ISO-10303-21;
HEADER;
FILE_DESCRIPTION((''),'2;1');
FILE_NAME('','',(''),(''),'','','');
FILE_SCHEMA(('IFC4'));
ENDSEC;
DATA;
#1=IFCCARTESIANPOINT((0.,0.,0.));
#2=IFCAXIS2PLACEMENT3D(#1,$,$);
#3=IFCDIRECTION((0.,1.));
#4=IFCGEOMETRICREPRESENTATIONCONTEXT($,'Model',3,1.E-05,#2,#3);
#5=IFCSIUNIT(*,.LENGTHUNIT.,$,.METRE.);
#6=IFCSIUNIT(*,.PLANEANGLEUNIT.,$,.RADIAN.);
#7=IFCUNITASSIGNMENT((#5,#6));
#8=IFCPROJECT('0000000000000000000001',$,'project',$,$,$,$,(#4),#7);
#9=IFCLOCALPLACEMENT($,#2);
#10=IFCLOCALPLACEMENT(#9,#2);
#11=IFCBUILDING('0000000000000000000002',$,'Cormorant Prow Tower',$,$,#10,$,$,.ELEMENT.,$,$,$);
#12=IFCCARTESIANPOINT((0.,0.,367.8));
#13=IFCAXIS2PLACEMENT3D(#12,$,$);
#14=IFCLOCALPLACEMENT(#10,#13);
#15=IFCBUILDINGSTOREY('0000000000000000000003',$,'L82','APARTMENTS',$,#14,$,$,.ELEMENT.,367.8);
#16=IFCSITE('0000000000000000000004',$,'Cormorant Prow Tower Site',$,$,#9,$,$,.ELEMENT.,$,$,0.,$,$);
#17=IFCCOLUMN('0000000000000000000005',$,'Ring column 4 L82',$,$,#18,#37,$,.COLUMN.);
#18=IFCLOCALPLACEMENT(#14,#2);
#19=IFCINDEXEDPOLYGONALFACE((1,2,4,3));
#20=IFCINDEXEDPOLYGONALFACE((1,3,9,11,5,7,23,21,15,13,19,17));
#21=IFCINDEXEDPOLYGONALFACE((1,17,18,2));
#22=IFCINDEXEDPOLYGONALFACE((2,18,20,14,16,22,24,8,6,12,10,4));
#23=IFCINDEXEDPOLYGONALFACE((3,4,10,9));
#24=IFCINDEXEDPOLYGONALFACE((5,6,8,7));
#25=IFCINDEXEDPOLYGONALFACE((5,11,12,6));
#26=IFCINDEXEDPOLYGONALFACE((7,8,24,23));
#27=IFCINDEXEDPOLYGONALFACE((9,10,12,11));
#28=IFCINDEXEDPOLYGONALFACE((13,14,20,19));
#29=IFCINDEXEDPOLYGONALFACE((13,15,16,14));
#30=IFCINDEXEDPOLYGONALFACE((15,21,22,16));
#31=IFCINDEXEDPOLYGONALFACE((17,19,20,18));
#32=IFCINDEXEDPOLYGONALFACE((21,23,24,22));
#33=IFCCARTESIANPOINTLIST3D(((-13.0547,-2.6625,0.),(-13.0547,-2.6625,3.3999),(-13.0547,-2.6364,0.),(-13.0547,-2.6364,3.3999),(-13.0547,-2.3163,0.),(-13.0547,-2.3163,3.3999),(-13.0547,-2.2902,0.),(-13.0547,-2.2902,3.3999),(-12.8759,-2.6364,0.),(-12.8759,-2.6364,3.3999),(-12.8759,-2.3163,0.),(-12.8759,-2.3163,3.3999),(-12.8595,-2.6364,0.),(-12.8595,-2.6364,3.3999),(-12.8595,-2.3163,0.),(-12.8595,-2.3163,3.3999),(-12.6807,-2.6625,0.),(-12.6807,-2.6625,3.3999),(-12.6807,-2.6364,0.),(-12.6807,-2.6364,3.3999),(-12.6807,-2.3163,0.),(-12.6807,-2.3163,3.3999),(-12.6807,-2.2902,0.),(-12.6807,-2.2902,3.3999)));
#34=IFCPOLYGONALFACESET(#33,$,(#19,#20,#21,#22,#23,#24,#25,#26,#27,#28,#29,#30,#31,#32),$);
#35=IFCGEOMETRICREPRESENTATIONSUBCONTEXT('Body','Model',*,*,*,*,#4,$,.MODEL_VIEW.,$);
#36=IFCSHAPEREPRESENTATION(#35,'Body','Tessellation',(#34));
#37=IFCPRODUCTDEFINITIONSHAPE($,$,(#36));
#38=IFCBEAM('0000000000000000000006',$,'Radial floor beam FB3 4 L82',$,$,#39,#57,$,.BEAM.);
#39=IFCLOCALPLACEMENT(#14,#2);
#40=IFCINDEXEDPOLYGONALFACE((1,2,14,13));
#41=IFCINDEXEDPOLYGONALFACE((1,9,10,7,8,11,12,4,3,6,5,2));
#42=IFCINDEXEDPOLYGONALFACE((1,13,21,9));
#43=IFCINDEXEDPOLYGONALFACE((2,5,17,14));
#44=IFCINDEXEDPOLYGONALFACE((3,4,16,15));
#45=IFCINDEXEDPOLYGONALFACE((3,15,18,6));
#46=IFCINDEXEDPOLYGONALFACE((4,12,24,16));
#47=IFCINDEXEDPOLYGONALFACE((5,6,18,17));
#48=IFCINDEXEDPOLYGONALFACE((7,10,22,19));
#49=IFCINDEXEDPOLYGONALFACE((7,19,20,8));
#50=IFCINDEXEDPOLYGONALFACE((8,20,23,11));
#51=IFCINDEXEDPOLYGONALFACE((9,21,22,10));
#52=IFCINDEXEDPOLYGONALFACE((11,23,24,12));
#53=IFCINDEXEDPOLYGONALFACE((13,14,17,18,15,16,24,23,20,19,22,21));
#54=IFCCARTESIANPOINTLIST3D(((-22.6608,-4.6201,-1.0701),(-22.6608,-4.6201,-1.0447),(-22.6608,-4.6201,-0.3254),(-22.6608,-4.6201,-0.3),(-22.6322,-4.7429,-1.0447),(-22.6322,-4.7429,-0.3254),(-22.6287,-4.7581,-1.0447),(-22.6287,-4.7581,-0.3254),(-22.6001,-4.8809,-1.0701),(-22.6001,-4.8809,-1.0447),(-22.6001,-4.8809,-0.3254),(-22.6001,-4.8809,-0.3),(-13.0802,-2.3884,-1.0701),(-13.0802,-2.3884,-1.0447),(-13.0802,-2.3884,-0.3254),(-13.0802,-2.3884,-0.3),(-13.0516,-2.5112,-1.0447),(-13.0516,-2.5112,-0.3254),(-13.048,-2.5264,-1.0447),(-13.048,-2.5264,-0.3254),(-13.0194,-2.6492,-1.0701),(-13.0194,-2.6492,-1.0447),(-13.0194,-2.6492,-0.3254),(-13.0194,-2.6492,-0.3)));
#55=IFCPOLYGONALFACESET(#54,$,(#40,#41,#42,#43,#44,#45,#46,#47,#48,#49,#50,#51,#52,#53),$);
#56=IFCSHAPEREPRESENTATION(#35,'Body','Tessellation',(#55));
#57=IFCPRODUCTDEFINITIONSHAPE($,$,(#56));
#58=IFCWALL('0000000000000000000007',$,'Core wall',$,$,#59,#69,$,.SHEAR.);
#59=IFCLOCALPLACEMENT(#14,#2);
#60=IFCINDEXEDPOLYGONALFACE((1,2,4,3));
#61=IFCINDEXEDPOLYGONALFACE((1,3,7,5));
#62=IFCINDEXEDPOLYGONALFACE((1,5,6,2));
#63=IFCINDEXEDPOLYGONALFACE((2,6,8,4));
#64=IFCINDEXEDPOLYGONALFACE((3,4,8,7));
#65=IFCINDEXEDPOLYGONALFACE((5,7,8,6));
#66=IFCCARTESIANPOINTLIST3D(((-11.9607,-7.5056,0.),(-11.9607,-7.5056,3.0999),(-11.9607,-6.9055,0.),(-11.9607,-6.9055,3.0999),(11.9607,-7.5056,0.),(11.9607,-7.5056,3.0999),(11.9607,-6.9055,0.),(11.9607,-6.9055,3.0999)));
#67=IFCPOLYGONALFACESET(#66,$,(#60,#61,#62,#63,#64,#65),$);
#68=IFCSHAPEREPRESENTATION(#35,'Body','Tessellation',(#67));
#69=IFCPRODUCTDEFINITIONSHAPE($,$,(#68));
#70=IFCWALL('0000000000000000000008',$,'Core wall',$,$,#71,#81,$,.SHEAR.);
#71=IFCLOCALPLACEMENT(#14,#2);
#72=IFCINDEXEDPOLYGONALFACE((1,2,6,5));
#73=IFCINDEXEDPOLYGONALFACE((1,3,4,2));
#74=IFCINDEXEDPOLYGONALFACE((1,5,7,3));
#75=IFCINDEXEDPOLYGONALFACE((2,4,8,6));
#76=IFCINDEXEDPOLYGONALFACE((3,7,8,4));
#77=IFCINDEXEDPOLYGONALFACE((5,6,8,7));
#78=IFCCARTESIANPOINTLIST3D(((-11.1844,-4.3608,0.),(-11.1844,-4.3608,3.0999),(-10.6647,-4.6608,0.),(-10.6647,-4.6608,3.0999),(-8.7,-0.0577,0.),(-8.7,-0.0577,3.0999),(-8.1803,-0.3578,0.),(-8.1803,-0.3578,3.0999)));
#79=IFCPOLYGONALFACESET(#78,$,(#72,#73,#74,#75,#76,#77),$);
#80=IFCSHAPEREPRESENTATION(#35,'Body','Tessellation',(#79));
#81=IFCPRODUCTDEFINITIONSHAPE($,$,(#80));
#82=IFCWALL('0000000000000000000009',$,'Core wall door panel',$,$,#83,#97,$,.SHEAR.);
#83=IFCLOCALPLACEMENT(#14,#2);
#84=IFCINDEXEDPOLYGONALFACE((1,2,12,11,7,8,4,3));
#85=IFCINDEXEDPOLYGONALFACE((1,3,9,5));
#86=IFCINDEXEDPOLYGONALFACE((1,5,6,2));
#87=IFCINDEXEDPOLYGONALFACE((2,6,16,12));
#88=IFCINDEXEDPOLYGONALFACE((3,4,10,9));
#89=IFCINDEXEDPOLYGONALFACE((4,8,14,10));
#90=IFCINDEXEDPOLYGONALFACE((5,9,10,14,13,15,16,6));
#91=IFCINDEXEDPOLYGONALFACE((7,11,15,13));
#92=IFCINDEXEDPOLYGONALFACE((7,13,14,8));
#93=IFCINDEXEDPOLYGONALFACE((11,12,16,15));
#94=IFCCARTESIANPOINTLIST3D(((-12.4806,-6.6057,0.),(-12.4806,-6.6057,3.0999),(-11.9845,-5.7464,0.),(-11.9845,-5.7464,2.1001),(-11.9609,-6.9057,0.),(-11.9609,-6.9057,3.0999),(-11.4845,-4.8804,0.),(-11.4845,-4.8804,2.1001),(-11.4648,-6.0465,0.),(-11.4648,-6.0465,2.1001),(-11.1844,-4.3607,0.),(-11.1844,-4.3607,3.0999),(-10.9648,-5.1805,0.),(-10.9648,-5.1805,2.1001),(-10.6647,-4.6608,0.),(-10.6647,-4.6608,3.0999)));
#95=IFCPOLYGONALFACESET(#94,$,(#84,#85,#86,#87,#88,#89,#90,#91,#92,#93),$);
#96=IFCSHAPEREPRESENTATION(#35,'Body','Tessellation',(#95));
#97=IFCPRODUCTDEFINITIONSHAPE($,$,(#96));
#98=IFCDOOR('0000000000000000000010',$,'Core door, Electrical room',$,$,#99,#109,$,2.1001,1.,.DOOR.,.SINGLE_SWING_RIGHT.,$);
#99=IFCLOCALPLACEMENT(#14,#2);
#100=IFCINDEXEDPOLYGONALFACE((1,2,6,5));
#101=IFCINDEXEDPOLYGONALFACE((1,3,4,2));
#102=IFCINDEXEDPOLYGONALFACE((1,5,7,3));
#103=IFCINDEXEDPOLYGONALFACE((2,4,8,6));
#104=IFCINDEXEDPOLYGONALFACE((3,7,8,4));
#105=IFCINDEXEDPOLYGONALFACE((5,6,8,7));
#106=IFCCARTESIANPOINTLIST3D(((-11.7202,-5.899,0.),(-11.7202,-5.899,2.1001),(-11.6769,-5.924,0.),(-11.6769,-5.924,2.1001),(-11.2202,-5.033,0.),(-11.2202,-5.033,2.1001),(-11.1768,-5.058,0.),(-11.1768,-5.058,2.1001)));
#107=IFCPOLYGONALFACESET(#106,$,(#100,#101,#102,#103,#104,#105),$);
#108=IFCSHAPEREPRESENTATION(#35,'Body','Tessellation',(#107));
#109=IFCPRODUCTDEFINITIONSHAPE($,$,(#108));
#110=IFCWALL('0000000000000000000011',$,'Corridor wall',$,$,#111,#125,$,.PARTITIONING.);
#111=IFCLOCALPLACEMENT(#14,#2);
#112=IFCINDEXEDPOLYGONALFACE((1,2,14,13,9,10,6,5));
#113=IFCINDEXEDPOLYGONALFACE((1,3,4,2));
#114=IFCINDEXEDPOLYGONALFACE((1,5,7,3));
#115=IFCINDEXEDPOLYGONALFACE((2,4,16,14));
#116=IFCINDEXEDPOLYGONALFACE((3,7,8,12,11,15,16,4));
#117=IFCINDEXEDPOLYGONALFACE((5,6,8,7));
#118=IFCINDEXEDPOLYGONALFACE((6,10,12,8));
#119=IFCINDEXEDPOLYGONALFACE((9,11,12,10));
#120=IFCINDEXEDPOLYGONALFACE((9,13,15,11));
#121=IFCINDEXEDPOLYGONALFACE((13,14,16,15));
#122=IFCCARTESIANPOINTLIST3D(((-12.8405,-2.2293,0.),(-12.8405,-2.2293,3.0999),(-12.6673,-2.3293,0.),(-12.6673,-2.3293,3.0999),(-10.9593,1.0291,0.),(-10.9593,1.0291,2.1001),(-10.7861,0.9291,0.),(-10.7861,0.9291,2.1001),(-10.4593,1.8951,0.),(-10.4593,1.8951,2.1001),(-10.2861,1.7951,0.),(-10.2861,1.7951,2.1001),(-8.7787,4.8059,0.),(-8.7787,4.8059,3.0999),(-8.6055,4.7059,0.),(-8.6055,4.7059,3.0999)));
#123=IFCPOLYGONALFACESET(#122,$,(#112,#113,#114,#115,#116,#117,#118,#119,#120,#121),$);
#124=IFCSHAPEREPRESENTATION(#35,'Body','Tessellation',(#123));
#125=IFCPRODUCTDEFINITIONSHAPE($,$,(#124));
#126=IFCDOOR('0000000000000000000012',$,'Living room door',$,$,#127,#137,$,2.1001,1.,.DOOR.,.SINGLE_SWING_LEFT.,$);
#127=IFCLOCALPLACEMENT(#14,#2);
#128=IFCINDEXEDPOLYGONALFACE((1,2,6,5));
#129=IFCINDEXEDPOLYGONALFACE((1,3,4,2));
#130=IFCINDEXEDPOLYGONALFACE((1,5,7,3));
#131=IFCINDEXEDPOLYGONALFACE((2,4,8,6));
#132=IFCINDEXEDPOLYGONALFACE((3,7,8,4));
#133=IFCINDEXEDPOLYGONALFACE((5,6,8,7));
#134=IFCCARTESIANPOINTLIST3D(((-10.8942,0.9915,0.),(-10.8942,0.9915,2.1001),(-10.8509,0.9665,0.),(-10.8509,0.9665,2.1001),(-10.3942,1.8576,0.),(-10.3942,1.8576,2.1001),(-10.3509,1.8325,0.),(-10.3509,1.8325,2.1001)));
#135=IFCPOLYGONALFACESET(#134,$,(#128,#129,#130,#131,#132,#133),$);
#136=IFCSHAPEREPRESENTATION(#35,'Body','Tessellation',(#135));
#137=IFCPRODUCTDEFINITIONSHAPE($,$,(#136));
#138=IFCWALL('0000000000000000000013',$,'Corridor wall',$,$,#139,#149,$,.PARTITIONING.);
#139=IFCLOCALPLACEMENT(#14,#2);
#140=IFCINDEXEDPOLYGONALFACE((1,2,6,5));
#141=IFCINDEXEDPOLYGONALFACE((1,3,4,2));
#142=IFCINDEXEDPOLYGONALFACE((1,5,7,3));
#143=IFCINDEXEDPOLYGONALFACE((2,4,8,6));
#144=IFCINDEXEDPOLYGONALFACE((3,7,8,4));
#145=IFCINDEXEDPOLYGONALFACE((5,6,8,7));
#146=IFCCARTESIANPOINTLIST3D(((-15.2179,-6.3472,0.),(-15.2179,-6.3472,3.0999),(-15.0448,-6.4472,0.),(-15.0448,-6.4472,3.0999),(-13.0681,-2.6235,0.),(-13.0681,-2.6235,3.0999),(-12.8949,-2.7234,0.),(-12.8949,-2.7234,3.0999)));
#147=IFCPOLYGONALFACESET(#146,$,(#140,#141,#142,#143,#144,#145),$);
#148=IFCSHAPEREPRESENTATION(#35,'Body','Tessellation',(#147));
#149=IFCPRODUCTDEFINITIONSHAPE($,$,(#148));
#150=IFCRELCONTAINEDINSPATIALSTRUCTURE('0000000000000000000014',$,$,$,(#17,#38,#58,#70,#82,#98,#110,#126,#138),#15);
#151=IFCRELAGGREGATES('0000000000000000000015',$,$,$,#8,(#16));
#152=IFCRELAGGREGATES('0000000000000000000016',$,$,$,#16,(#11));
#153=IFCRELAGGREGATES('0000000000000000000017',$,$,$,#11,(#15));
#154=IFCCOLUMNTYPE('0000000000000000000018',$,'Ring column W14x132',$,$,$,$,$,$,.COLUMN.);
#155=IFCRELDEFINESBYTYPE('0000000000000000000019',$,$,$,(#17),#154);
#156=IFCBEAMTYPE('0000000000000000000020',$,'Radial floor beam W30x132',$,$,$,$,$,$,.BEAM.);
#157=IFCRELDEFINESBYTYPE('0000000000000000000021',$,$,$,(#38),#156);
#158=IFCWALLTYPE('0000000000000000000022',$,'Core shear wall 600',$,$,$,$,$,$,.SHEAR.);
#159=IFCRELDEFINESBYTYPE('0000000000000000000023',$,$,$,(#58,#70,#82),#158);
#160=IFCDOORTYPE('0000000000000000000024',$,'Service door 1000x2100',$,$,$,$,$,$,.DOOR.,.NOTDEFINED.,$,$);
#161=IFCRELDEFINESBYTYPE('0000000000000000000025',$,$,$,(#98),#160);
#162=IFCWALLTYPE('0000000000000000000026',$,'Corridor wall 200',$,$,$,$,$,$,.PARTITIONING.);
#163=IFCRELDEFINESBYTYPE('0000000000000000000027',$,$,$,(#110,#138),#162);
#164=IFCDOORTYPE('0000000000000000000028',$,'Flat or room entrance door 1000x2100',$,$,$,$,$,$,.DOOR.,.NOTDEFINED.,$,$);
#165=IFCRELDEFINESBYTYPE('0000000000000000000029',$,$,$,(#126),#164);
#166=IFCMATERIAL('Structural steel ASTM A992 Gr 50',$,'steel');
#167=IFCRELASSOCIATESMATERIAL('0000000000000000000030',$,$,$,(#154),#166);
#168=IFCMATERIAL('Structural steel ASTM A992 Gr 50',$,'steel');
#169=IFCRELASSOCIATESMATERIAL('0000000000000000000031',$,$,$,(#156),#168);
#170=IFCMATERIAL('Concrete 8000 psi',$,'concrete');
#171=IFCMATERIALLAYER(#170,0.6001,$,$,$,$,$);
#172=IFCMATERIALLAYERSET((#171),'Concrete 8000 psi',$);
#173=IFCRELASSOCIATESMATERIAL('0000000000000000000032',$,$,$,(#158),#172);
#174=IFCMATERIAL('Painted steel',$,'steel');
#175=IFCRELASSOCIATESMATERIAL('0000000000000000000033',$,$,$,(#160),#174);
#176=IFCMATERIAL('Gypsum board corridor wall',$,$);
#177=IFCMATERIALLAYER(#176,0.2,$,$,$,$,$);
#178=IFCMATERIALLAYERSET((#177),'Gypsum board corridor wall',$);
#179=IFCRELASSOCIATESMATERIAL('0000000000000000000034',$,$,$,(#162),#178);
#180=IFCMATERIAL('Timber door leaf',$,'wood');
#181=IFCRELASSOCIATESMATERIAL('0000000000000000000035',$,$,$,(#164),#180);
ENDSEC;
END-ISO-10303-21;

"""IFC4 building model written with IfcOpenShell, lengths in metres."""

from ifc_helpers import new_model, si_unit, direction, frame, frame_2d, origin, origin_2d, place, context, subcontext, project, spatial, rectangle, i_section, extrude, material, layer, layer_set, material_profile, profile_set, type_object, element, fill, save


model = new_model("IFC4")

# Units and contexts
model_context = context("Model", 3, precision=1e-05, world=origin(), true_north=direction((0.0, 1.0)))
body_context = subcontext(model_context, "Body", "Model", "MODEL_VIEW")
ifc_project = project(units=[si_unit("LENGTHUNIT", "METRE"), si_unit("PLANEANGLEUNIT", "RADIAN")], contexts=[model_context])

# Site, building, storey
site_placement = place(None, origin())
site = spatial("IfcSite", under=ifc_project, at=site_placement, Name="Cormorant Prow Tower Site", CompositionType="ELEMENT", RefElevation=0.0)
building_placement = place(site_placement, origin())
building = spatial("IfcBuilding", under=site, at=building_placement, Name="Cormorant Prow Tower", CompositionType="ELEMENT")
storey_placement = place(building_placement, frame((0.0, 0.0, 367.8)))
storey = spatial("IfcBuildingStorey", under=building, at=storey_placement, Name="L82", Description="APARTMENTS", CompositionType="ELEMENT", Elevation=367.8)

# Column
ifc_material_1 = material(Name="Structural steel ASTM A992 Gr 50", Category="steel")
ifc_material_profile_1 = material_profile(ifc_material_1, i_section(OverallWidth=0.374, OverallDepth=0.3723, WebThickness=0.0164, FlangeThickness=0.0261, at=origin_2d()), Name="W14x132")
ifc_profile_set_1 = profile_set([ifc_material_profile_1], Name="Structural steel ASTM A992 Gr 50")
column_type = type_object("IfcColumnType", Name="Ring column W14x132", PredefinedType="COLUMN", material=ifc_profile_set_1)
column_placement = place(storey_placement, frame((-12.8677, -2.4763, 0.0), z_axis=(0.0, 0.0, 1.0), x_axis=(1.0, 0.0, 0.0)))
element("IfcColumn", 1, at=column_placement, inside=storey, type_object=column_type, Name="Ring column 4 L82", PredefinedType="COLUMN", context=body_context, shape_type="SweptSolid", body=[
    extrude(i_section(OverallWidth=0.374, OverallDepth=0.3723, WebThickness=0.0164, FlangeThickness=0.0261, at=origin_2d()), origin(), (0.0, 0.0, 1.0), 3.3999),
])

# Beam
ifc_material_2 = material(Name="Structural steel ASTM A992 Gr 50", Category="steel")
ifc_material_profile_2 = material_profile(ifc_material_2, i_section(OverallWidth=0.2678, OverallDepth=0.77, WebThickness=0.0156, FlangeThickness=0.0254, at=origin_2d()), Name="W30x132")
ifc_profile_set_2 = profile_set([ifc_material_profile_2], Name="Structural steel ASTM A992 Gr 50")
beam_type = type_object("IfcBeamType", Name="Radial floor beam W30x132", PredefinedType="BEAM", material=ifc_profile_set_2)
beam_placement = place(storey_placement, frame((-13.0498, -2.5188, -0.6851), z_axis=(-0.973926, -0.226866, 0.0), x_axis=(0.226866, -0.973926, 0.0)))
element("IfcBeam", 2, at=beam_placement, inside=storey, type_object=beam_type, Name="Radial floor beam FB3 4 L82", PredefinedType="BEAM", context=body_context, shape_type="SweptSolid", body=[
    extrude(i_section(OverallWidth=0.2678, OverallDepth=0.77, WebThickness=0.0156, FlangeThickness=0.0254, at=origin_2d()), origin(), (0.0, 0.0, 1.0), 9.8372),
])

# Walls
ifc_material_3 = material(Name="Concrete 8000 psi", Category="concrete")
ifc_layer_1 = layer(ifc_material_3, 0.6001)
ifc_layer_set_1 = layer_set([ifc_layer_1], Name="Concrete 8000 psi")
wall_type_1 = type_object("IfcWallType", Name="Core shear wall 600", PredefinedType="SHEAR", material=ifc_layer_set_1)
wall_1_placement = place(storey_placement, frame((-11.9607, -7.2056, 0.0), z_axis=(0.0, 0.0, 1.0), x_axis=(1.0, 0.0, 0.0)))
element("IfcWall", 3, at=wall_1_placement, inside=storey, type_object=wall_type_1, Name="Core wall", PredefinedType="SHEAR", context=body_context, shape_type="SweptSolid", body=[
    extrude(rectangle(XDim=23.9214, YDim=0.6001, at=frame_2d((11.9607, 0.0))), origin(), (0.0, 0.0, 1.0), 3.0999),
])
wall_2_placement = place(storey_placement, frame((-8.4402, -0.2078, 0.0), z_axis=(0.0, 0.0, 1.0), x_axis=(-0.500007, -0.866021, 0.0)))
element("IfcWall", 4, at=wall_2_placement, inside=storey, type_object=wall_type_1, Name="Core wall", PredefinedType="SHEAR", context=body_context, shape_type="SweptSolid", body=[
    extrude(rectangle(XDim=4.9688, YDim=0.6001, at=frame_2d((2.4844, 0.0))), origin(), (0.0, 0.0, 1.0), 3.0999),
])

# Walls, openings, doors
wall_3_placement = place(storey_placement, frame((-10.9246, -4.5107, 0.0), z_axis=(0.0, 0.0, 1.0), x_axis=(-0.500019, -0.866015, 0.0)))
wall_3 = element("IfcWall", 5, at=wall_3_placement, inside=storey, type_object=wall_type_1, Name="Core wall door panel", PredefinedType="SHEAR", context=body_context, shape_type="SweptSolid", body=[
    extrude(rectangle(XDim=2.5923, YDim=0.6001, at=frame_2d((1.2961, 0.0))), origin(), (0.0, 0.0, 1.0), 3.0999),
])
opening_1_placement = place(wall_3_placement, frame((0.6001, 0.0, 0.0)))
opening_1 = element("IfcOpeningElement", 6, at=opening_1_placement, cuts=wall_3, PredefinedType="OPENING", context=body_context, shape_type="SweptSolid", body=[
    extrude(rectangle(XDim=1.0, YDim=2.1001, at=frame_2d((0.5, 1.05))), frame((0.0, 0.3101, 0.0), z_axis=(0.0, -1.0, 0.0), x_axis=(1.0, 0.0, 0.0)), (0.0, 0.0, 1.0), 0.6201),
])
ifc_material_4 = material(Name="Painted steel", Category="steel")
door_type_1 = type_object("IfcDoorType", Name="Service door 1000x2100", OperationType="NOTDEFINED", PredefinedType="DOOR", material=ifc_material_4)
door_1_placement = place(opening_1_placement, origin())
door_1 = element("IfcDoor", 7, at=door_1_placement, inside=storey, type_object=door_type_1, Name="Core door, Electrical room", OperationType="SINGLE_SWING_RIGHT", OverallHeight=2.1001, OverallWidth=1.0, PredefinedType="DOOR", context=body_context, shape_type="SweptSolid", body=[
    extrude(rectangle(XDim=1.0, YDim=2.1001, at=frame_2d((0.5, 1.05))), frame((0.0, 0.0552, 0.0), z_axis=(0.0, -1.0, 0.0), x_axis=(1.0, 0.0, 0.0)), (0.0, 0.0, 1.0), 0.05),
])
fill(opening_1, door_1)
ifc_material_5 = material(Name="Gypsum board corridor wall")
ifc_layer_2 = layer(ifc_material_5, 0.2)
ifc_layer_set_2 = layer_set([ifc_layer_2], Name="Gypsum board corridor wall")
wall_type_2 = type_object("IfcWallType", Name="Corridor wall 200", PredefinedType="PARTITIONING", material=ifc_layer_set_2)
wall_4_placement = place(storey_placement, frame((-12.7539, -2.2793, 0.0), z_axis=(0.0, 0.0, 1.0), x_axis=(0.500002, 0.866024, 0.0)))
wall_4 = element("IfcWall", 8, at=wall_4_placement, inside=storey, type_object=wall_type_2, Name="Corridor wall", PredefinedType="PARTITIONING", context=body_context, shape_type="SweptSolid", body=[
    extrude(rectangle(XDim=8.1235, YDim=0.2, at=frame_2d((4.0618, 0.0))), origin(), (0.0, 0.0, 1.0), 3.0999),
])
opening_2_placement = place(wall_4_placement, frame((3.7625, 0.0, 0.0)))
opening_2 = element("IfcOpeningElement", 9, at=opening_2_placement, cuts=wall_4, PredefinedType="OPENING", context=body_context, shape_type="SweptSolid", body=[
    extrude(rectangle(XDim=1.0, YDim=2.1001, at=frame_2d((0.5, 1.05))), frame((0.0, 0.1099, 0.0), z_axis=(0.0, -1.0, 0.0), x_axis=(1.0, 0.0, 0.0)), (0.0, 0.0, 1.0), 0.22),
])
ifc_material_6 = material(Name="Timber door leaf", Category="wood")
door_type_2 = type_object("IfcDoorType", Name="Flat or room entrance door 1000x2100", OperationType="NOTDEFINED", PredefinedType="DOOR", material=ifc_material_6)
door_2_placement = place(opening_2_placement, origin())
door_2 = element("IfcDoor", 10, at=door_2_placement, inside=storey, type_object=door_type_2, Name="Living room door", OperationType="SINGLE_SWING_LEFT", OverallHeight=2.1001, OverallWidth=1.0, PredefinedType="DOOR", context=body_context, shape_type="SweptSolid", body=[
    extrude(rectangle(XDim=1.0, YDim=2.1001, at=frame_2d((0.5, 1.05))), frame((0.0, 0.0249, 0.0), z_axis=(0.0, -1.0, 0.0), x_axis=(1.0, 0.0, 0.0)), (0.0, 0.0, 1.0), 0.05),
])
fill(opening_2, door_2)

# Wall
wall_5_placement = place(storey_placement, frame((-15.1313, -6.3972, 0.0), z_axis=(0.0, 0.0, 1.0), x_axis=(0.499986, 0.866033, 0.0)))
element("IfcWall", 11, at=wall_5_placement, inside=storey, type_object=wall_type_2, Name="Corridor wall", PredefinedType="PARTITIONING", context=body_context, shape_type="SweptSolid", body=[
    extrude(rectangle(XDim=4.2998, YDim=0.2, at=frame_2d((2.1499, 0.0))), origin(), (0.0, 0.0, 1.0), 3.0999),
])

save(model, "model.ifc")
